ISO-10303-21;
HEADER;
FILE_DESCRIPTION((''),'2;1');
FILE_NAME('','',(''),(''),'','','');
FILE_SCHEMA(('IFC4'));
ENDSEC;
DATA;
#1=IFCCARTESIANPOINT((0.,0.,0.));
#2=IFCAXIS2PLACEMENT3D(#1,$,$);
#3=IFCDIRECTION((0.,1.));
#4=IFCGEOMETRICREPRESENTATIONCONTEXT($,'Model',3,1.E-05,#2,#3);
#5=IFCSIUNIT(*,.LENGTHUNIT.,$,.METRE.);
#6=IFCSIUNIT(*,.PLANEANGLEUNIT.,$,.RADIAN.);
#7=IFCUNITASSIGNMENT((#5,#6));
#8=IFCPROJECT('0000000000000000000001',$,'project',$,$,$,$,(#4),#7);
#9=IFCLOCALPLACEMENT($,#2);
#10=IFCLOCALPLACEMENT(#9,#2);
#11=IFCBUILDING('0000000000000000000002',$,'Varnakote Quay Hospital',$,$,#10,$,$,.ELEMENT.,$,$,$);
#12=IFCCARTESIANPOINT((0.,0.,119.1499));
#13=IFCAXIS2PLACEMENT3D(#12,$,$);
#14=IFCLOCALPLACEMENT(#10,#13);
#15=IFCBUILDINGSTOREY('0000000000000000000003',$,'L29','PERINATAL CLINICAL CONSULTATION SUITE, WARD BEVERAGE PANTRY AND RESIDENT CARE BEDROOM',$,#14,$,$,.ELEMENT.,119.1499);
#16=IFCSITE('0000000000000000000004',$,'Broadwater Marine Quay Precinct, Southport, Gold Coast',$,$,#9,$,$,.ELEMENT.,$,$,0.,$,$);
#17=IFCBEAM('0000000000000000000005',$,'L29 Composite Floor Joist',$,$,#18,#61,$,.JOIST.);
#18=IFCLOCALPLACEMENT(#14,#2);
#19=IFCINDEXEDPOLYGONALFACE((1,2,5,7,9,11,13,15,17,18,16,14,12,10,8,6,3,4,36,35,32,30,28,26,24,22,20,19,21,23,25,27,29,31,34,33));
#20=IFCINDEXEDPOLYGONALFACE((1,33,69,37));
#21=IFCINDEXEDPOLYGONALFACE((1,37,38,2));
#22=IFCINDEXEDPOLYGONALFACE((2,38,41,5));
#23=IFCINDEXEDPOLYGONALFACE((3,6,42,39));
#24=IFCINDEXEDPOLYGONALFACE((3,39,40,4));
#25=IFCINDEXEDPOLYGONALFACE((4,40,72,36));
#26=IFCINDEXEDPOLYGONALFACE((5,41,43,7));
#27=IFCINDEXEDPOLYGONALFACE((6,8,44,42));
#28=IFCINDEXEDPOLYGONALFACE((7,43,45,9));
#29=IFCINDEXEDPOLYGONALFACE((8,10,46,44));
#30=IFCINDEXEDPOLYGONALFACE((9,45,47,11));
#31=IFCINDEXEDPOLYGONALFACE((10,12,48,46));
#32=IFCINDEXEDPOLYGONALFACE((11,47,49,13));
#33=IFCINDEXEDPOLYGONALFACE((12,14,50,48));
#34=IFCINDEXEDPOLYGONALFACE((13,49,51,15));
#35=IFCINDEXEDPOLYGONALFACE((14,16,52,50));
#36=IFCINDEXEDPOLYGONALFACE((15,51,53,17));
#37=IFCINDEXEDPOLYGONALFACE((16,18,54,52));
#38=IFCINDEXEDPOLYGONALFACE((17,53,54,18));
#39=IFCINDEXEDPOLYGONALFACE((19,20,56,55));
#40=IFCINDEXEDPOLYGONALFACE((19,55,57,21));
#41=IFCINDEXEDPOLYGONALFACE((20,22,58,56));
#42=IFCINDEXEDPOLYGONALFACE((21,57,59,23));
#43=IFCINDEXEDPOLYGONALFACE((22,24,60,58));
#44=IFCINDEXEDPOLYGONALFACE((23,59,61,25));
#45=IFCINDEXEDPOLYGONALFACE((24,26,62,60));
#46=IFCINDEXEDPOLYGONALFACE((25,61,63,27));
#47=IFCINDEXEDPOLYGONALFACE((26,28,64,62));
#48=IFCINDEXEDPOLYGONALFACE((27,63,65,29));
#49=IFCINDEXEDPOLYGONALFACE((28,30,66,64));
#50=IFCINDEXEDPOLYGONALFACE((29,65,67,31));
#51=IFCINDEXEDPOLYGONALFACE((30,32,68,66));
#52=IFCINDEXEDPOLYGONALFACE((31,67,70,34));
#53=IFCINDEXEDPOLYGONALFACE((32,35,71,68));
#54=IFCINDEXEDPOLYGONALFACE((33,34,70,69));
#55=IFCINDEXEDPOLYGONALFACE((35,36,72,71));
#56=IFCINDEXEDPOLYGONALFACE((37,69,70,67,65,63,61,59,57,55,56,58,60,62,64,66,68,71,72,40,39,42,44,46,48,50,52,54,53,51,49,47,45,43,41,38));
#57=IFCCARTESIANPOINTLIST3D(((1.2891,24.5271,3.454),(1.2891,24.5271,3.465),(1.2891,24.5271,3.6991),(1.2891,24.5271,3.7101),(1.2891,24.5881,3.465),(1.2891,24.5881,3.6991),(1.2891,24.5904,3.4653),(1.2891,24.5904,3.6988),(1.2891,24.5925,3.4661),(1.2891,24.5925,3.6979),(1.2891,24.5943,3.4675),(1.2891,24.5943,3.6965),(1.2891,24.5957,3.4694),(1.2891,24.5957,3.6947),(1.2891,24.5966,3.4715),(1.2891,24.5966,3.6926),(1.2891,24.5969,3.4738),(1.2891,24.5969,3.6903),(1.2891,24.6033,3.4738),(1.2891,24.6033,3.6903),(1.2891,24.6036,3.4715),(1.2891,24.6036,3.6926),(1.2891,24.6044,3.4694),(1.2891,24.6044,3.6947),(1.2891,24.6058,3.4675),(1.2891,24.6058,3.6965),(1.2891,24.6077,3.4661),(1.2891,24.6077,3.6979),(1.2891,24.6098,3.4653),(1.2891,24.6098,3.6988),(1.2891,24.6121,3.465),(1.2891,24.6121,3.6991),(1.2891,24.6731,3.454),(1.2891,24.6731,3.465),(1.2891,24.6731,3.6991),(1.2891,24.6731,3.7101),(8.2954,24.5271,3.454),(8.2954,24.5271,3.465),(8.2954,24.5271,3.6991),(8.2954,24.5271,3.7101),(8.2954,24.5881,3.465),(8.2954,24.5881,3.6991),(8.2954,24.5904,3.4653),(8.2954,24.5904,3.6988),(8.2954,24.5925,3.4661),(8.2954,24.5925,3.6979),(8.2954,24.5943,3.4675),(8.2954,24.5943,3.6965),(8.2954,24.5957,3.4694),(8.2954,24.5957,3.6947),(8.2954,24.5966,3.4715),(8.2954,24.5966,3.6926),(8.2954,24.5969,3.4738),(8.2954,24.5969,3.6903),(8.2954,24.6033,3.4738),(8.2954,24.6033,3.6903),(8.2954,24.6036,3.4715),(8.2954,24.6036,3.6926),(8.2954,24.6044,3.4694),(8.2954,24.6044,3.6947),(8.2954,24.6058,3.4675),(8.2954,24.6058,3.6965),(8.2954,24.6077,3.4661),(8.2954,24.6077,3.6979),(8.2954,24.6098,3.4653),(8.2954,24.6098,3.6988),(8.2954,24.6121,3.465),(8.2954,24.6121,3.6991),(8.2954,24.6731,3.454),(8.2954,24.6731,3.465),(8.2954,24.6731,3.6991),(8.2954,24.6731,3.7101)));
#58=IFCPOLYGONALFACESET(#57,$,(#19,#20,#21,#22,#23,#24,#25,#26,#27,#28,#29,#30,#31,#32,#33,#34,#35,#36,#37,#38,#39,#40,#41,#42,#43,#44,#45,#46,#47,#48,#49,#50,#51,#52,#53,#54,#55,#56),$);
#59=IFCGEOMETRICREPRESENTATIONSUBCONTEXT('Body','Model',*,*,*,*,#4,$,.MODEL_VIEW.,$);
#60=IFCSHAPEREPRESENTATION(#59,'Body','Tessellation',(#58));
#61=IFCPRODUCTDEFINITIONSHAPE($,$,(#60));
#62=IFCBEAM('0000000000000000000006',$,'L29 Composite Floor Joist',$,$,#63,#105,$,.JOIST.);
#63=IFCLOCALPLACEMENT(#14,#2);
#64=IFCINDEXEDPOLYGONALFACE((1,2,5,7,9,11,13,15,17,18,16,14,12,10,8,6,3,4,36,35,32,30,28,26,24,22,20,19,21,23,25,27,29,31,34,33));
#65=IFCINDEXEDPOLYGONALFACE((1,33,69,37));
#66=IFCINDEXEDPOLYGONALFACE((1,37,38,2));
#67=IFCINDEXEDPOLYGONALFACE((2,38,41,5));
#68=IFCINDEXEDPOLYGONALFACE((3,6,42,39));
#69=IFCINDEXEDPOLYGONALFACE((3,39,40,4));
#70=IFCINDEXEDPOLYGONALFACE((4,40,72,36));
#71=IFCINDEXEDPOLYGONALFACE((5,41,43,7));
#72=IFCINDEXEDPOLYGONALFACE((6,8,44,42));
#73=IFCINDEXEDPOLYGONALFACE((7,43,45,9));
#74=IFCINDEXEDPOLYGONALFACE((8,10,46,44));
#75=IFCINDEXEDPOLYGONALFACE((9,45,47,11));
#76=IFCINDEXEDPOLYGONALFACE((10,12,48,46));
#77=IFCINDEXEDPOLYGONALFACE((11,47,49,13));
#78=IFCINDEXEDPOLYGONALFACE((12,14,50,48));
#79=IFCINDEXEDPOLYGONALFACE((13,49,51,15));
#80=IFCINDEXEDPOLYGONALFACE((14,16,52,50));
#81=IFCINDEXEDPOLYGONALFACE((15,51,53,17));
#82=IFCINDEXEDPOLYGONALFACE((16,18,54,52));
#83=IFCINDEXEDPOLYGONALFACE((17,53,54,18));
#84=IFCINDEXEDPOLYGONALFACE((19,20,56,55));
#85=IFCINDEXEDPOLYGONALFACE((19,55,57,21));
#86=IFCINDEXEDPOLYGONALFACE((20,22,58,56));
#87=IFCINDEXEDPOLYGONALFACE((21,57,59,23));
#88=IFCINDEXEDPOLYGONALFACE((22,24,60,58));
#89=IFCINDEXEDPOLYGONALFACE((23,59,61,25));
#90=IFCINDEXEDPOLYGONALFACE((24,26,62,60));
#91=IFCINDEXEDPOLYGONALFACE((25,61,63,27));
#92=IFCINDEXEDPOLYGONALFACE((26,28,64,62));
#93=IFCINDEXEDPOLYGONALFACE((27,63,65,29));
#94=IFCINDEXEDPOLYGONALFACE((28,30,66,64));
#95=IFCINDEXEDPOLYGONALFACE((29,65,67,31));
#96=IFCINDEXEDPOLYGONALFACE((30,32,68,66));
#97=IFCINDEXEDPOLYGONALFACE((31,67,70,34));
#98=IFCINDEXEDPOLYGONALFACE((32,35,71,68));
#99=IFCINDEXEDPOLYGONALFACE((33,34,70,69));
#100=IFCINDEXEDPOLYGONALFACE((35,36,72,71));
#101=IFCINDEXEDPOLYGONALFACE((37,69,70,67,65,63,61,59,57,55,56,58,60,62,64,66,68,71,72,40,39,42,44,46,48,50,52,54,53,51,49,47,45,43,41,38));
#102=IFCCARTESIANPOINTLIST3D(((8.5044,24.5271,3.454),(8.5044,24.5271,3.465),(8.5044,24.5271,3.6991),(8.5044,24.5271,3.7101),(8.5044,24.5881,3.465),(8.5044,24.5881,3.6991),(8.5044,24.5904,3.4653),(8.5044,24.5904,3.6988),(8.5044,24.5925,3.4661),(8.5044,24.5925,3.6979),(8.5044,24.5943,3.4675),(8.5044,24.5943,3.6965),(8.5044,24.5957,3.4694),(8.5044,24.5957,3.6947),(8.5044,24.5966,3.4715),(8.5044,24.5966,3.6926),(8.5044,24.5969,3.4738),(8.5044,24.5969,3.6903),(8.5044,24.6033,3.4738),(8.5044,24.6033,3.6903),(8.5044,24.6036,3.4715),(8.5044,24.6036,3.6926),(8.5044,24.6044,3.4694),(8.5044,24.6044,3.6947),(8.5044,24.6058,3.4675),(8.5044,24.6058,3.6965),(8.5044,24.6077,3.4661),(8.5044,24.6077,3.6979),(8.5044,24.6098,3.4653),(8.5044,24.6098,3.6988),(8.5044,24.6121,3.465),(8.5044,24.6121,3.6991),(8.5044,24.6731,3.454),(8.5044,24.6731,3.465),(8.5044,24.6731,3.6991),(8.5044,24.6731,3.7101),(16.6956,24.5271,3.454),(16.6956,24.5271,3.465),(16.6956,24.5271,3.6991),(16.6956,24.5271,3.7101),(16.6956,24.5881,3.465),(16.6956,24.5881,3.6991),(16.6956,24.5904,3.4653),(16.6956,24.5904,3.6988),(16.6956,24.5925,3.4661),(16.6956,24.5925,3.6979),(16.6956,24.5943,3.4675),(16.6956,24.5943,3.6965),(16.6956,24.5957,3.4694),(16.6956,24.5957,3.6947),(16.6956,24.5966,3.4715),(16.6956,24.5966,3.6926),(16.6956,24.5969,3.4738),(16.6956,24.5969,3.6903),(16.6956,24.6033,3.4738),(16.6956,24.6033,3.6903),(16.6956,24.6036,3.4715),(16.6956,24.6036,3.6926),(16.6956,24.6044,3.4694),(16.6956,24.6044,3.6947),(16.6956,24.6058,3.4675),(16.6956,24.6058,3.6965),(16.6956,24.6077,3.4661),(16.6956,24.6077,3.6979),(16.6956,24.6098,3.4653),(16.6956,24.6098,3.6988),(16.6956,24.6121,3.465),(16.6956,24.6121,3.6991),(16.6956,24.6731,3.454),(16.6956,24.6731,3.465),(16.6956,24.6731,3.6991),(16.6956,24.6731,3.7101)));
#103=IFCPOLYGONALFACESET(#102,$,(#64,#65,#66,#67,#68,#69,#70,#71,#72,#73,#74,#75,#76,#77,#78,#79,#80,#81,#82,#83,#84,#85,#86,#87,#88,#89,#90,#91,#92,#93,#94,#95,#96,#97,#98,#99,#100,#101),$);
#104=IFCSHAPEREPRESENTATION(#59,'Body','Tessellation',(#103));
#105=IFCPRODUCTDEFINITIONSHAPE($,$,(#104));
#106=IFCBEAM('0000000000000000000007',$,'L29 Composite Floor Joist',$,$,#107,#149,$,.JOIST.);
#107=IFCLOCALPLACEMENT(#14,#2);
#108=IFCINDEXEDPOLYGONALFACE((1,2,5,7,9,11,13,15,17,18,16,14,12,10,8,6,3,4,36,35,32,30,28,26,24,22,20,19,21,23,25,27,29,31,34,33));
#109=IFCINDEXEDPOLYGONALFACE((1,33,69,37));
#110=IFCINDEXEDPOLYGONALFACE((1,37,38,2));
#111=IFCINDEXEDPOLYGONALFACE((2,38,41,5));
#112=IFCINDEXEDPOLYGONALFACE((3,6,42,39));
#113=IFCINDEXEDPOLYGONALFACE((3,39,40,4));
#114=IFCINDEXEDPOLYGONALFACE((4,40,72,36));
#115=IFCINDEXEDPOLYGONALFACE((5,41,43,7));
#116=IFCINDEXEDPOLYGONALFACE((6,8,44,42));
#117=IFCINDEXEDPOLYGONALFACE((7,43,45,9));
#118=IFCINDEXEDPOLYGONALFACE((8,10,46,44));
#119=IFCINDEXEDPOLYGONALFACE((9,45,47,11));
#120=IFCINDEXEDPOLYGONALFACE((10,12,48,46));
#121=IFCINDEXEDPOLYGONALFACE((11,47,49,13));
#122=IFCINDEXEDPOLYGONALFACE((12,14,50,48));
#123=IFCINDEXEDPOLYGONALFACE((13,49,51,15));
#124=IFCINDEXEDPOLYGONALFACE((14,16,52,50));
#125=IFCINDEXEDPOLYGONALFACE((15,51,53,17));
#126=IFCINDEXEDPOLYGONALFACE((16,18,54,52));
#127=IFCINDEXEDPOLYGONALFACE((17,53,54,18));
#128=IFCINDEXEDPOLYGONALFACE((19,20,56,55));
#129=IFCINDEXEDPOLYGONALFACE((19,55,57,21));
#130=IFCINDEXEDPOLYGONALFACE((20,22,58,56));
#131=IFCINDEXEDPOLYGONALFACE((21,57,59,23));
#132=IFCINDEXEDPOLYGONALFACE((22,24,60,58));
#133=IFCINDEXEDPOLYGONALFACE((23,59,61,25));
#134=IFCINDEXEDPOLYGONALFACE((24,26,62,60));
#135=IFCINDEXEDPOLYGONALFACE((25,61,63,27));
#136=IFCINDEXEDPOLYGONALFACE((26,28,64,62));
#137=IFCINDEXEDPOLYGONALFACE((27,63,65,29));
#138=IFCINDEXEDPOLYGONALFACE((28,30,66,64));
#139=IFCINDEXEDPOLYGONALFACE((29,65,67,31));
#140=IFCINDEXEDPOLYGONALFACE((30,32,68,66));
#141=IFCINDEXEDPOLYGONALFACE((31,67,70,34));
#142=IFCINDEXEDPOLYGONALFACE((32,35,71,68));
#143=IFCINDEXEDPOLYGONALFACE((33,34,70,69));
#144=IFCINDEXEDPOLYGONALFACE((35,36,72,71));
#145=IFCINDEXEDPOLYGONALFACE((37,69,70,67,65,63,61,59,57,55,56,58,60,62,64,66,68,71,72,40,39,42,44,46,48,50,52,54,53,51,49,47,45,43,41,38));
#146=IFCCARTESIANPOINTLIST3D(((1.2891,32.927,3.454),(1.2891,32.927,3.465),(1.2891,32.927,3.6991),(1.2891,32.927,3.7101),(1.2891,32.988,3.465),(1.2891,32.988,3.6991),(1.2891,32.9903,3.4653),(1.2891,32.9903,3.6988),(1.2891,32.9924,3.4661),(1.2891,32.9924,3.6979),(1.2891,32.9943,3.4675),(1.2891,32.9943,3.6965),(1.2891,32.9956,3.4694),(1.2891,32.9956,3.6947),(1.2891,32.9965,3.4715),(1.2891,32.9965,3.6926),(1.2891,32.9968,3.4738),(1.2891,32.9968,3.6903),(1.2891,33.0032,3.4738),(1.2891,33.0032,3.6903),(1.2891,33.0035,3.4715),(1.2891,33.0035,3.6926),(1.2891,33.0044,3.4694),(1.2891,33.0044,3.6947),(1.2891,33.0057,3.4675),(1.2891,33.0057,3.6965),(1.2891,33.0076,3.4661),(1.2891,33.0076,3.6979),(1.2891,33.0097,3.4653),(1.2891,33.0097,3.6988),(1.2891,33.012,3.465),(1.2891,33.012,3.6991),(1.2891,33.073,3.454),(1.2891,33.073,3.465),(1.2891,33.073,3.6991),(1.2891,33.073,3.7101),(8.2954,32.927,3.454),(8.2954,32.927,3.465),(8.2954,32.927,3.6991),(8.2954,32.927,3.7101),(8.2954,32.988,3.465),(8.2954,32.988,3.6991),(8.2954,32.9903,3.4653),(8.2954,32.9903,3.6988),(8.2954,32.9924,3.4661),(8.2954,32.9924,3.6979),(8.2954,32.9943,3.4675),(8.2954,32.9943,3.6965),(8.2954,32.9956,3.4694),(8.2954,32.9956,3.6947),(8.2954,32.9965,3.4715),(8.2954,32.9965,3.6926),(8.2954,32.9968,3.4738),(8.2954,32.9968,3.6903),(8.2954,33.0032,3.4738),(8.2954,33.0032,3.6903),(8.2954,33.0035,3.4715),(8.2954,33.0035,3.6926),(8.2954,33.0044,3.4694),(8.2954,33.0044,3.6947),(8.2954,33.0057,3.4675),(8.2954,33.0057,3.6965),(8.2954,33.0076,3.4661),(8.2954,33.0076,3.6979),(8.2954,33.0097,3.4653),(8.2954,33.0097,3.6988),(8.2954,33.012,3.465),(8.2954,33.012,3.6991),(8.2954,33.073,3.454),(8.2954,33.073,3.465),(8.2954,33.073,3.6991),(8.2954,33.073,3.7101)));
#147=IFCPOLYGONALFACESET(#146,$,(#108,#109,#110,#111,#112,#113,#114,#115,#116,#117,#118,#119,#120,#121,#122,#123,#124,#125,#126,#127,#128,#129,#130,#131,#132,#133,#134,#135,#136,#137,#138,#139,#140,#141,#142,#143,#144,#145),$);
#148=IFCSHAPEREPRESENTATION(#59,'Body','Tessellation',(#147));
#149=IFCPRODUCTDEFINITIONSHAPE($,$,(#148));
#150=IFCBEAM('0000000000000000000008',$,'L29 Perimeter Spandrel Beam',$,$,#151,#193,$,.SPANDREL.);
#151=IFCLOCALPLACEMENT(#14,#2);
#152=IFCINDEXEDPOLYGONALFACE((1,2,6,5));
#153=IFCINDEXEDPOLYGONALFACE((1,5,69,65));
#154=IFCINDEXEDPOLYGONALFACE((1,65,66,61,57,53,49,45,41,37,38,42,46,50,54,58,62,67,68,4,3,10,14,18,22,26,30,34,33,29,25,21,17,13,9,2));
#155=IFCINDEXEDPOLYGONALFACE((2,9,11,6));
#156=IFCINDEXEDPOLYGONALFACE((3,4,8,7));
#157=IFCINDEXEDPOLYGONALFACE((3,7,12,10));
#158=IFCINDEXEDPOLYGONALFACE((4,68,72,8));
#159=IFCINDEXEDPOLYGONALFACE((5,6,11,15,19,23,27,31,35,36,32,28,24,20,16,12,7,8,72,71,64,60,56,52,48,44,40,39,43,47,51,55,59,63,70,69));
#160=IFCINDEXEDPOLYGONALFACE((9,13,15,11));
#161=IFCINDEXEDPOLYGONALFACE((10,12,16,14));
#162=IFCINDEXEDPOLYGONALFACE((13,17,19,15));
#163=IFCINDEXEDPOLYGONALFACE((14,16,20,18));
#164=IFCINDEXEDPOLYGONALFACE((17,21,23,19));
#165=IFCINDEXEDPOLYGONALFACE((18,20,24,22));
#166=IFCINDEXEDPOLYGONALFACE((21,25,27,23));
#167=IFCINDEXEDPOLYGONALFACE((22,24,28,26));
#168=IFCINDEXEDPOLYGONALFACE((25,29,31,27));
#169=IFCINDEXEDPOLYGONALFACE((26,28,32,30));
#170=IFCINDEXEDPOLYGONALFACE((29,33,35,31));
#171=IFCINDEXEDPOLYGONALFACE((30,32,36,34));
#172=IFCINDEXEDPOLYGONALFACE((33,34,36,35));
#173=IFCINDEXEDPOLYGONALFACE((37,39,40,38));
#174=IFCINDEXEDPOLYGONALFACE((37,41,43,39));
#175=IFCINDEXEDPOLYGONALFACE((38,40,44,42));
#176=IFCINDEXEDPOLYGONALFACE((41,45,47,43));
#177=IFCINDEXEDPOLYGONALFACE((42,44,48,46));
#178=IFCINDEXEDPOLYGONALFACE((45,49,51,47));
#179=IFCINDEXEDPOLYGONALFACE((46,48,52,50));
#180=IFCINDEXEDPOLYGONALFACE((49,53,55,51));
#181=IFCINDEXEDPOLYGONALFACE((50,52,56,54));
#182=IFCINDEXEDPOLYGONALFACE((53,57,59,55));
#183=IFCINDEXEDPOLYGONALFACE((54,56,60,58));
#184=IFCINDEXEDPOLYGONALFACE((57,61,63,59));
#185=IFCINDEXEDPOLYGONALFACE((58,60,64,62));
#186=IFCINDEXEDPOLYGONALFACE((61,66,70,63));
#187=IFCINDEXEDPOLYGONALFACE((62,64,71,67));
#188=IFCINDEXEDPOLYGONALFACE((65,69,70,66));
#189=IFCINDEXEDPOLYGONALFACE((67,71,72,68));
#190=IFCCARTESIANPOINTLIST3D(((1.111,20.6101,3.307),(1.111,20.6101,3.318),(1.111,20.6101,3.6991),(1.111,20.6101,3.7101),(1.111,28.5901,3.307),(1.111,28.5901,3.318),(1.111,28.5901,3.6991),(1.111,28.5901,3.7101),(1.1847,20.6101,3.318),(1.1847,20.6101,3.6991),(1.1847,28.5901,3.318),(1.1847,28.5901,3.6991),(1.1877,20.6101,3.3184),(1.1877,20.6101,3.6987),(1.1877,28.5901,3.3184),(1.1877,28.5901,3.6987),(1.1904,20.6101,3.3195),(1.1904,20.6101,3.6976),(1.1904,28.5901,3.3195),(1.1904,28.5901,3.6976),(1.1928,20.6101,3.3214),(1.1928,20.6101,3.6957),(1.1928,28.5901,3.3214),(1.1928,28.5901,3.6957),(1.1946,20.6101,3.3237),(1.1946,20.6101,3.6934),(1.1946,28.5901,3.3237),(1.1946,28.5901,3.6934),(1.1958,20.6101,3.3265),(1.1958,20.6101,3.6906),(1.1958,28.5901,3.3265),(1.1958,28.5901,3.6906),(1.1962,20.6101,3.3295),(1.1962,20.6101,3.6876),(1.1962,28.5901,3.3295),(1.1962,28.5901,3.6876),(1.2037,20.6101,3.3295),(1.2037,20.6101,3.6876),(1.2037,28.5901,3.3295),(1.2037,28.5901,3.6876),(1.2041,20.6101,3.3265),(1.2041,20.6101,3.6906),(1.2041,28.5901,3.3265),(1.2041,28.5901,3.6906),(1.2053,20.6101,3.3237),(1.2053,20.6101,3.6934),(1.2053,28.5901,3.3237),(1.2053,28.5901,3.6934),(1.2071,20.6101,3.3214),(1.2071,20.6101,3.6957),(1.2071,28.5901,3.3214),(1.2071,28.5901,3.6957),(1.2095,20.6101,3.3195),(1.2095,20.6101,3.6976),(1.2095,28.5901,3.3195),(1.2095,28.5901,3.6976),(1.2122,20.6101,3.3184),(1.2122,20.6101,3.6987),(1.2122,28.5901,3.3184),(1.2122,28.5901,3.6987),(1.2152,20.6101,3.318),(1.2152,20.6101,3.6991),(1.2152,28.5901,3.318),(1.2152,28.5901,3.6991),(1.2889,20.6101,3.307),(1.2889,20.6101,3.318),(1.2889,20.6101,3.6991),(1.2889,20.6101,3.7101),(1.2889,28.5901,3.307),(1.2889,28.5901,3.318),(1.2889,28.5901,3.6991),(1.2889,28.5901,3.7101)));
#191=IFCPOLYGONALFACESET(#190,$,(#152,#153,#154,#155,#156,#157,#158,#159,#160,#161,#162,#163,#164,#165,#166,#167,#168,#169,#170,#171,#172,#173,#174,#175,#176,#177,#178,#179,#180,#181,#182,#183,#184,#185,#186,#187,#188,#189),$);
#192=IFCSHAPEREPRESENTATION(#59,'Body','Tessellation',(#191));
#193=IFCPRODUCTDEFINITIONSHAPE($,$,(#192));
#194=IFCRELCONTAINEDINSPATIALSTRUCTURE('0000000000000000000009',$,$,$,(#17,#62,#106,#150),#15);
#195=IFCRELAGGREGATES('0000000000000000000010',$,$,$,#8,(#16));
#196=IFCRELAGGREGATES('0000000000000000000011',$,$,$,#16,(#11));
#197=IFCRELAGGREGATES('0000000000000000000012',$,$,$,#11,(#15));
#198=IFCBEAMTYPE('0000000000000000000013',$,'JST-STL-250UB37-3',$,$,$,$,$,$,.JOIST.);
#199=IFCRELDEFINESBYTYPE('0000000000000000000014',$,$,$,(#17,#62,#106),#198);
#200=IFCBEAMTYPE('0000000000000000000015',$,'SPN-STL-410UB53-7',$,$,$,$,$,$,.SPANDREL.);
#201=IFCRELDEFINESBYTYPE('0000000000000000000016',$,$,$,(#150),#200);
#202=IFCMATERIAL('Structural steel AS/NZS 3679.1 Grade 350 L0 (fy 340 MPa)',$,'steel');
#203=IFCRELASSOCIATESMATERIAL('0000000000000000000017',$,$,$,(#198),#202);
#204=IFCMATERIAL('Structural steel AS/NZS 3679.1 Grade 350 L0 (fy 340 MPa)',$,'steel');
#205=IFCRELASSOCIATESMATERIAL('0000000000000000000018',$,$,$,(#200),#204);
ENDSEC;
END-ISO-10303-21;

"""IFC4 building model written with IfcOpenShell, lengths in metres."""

from ifc_helpers import new_model, si_unit, direction, frame, origin, origin_2d, place, context, subcontext, project, spatial, i_section, extrude, material, material_profile, profile_set, type_object, element, save


model = new_model("IFC4")

# Units and contexts
model_context = context("Model", 3, precision=1e-05, world=origin(), true_north=direction((0.0, 1.0)))
body_context = subcontext(model_context, "Body", "Model", "MODEL_VIEW")
ifc_project = project(units=[si_unit("LENGTHUNIT", "METRE"), si_unit("PLANEANGLEUNIT", "RADIAN")], contexts=[model_context])

# Site, building, storey
site_placement = place(None, origin())
site = spatial("IfcSite", under=ifc_project, at=site_placement, Name="Broadwater Marine Quay Precinct, Southport, Gold Coast", CompositionType="ELEMENT", RefElevation=0.0)
building_placement = place(site_placement, origin())
building = spatial("IfcBuilding", under=site, at=building_placement, Name="Varnakote Quay Hospital", CompositionType="ELEMENT")
storey_placement = place(building_placement, frame((0.0, 0.0, 119.1499)))
storey = spatial("IfcBuildingStorey", under=building, at=storey_placement, Name="L29", Description="PERINATAL CLINICAL CONSULTATION SUITE, WARD BEVERAGE PANTRY AND RESIDENT CARE BEDROOM", CompositionType="ELEMENT", Elevation=119.1499)

# Beams
ifc_material_1 = material(Name="Structural steel AS/NZS 3679.1 Grade 350 L0 (fy 340 MPa)", Category="steel")
ifc_material_profile_1 = material_profile(ifc_material_1, i_section(OverallWidth=0.146, OverallDepth=0.2561, WebThickness=0.0063, FlangeThickness=0.011, FilletRadius=0.0088, at=origin_2d()), Name="250UB37.3")
ifc_profile_set_1 = profile_set([ifc_material_profile_1], Name="Structural steel AS/NZS 3679.1 Grade 350 L0 (fy 340 MPa)")
beam_type_1 = type_object("IfcBeamType", Name="JST-STL-250UB37-3", PredefinedType="JOIST", material=ifc_profile_set_1)
beam_1_placement = place(storey_placement, frame((1.2891, 24.6001, 3.582), z_axis=(1.0, 0.0, 0.0), x_axis=(0.0, 1.0, 0.0)))
element("IfcBeam", 1, at=beam_1_placement, inside=storey, type_object=beam_type_1, Name="L29 Composite Floor Joist", PredefinedType="JOIST", context=body_context, shape_type="SweptSolid", body=[
    extrude(i_section(OverallWidth=0.146, OverallDepth=0.2561, WebThickness=0.0063, FlangeThickness=0.011, FilletRadius=0.0088, at=origin_2d()), origin(), (0.0, 0.0, 1.0), 7.0063),
])
beam_2_placement = place(storey_placement, frame((8.5044, 24.6001, 3.582), z_axis=(1.0, 0.0, 0.0), x_axis=(0.0, 1.0, 0.0)))
element("IfcBeam", 2, at=beam_2_placement, inside=storey, type_object=beam_type_1, Name="L29 Composite Floor Joist", PredefinedType="JOIST", context=body_context, shape_type="SweptSolid", body=[
    extrude(i_section(OverallWidth=0.146, OverallDepth=0.2561, WebThickness=0.0063, FlangeThickness=0.011, FilletRadius=0.0088, at=origin_2d()), origin(), (0.0, 0.0, 1.0), 8.1912),
])
beam_3_placement = place(storey_placement, frame((1.2891, 33.0, 3.582), z_axis=(1.0, 0.0, 0.0), x_axis=(0.0, 1.0, 0.0)))
element("IfcBeam", 3, at=beam_3_placement, inside=storey, type_object=beam_type_1, Name="L29 Composite Floor Joist", PredefinedType="JOIST", context=body_context, shape_type="SweptSolid", body=[
    extrude(i_section(OverallWidth=0.146, OverallDepth=0.2561, WebThickness=0.0063, FlangeThickness=0.011, FilletRadius=0.0088, at=origin_2d()), origin(), (0.0, 0.0, 1.0), 7.0063),
])
ifc_material_2 = material(Name="Structural steel AS/NZS 3679.1 Grade 350 L0 (fy 340 MPa)", Category="steel")
ifc_material_profile_2 = material_profile(ifc_material_2, i_section(OverallWidth=0.178, OverallDepth=0.4031, WebThickness=0.0076, FlangeThickness=0.011, FilletRadius=0.0115, at=origin_2d()), Name="410UB53.7")
ifc_profile_set_2 = profile_set([ifc_material_profile_2], Name="Structural steel AS/NZS 3679.1 Grade 350 L0 (fy 340 MPa)")
beam_type_2 = type_object("IfcBeamType", Name="SPN-STL-410UB53-7", PredefinedType="SPANDREL", material=ifc_profile_set_2)
beam_4_placement = place(storey_placement, frame((1.2, 20.6101, 3.5085), z_axis=(0.0, 1.0, 0.0), x_axis=(-1.0, 0.0, 0.0)))
element("IfcBeam", 4, at=beam_4_placement, inside=storey, type_object=beam_type_2, Name="L29 Perimeter Spandrel Beam", PredefinedType="SPANDREL", context=body_context, shape_type="SweptSolid", body=[
    extrude(i_section(OverallWidth=0.178, OverallDepth=0.4031, WebThickness=0.0076, FlangeThickness=0.011, FilletRadius=0.0115, at=origin_2d()), origin(), (0.0, 0.0, 1.0), 7.98),
])

save(model, "model.ifc")
